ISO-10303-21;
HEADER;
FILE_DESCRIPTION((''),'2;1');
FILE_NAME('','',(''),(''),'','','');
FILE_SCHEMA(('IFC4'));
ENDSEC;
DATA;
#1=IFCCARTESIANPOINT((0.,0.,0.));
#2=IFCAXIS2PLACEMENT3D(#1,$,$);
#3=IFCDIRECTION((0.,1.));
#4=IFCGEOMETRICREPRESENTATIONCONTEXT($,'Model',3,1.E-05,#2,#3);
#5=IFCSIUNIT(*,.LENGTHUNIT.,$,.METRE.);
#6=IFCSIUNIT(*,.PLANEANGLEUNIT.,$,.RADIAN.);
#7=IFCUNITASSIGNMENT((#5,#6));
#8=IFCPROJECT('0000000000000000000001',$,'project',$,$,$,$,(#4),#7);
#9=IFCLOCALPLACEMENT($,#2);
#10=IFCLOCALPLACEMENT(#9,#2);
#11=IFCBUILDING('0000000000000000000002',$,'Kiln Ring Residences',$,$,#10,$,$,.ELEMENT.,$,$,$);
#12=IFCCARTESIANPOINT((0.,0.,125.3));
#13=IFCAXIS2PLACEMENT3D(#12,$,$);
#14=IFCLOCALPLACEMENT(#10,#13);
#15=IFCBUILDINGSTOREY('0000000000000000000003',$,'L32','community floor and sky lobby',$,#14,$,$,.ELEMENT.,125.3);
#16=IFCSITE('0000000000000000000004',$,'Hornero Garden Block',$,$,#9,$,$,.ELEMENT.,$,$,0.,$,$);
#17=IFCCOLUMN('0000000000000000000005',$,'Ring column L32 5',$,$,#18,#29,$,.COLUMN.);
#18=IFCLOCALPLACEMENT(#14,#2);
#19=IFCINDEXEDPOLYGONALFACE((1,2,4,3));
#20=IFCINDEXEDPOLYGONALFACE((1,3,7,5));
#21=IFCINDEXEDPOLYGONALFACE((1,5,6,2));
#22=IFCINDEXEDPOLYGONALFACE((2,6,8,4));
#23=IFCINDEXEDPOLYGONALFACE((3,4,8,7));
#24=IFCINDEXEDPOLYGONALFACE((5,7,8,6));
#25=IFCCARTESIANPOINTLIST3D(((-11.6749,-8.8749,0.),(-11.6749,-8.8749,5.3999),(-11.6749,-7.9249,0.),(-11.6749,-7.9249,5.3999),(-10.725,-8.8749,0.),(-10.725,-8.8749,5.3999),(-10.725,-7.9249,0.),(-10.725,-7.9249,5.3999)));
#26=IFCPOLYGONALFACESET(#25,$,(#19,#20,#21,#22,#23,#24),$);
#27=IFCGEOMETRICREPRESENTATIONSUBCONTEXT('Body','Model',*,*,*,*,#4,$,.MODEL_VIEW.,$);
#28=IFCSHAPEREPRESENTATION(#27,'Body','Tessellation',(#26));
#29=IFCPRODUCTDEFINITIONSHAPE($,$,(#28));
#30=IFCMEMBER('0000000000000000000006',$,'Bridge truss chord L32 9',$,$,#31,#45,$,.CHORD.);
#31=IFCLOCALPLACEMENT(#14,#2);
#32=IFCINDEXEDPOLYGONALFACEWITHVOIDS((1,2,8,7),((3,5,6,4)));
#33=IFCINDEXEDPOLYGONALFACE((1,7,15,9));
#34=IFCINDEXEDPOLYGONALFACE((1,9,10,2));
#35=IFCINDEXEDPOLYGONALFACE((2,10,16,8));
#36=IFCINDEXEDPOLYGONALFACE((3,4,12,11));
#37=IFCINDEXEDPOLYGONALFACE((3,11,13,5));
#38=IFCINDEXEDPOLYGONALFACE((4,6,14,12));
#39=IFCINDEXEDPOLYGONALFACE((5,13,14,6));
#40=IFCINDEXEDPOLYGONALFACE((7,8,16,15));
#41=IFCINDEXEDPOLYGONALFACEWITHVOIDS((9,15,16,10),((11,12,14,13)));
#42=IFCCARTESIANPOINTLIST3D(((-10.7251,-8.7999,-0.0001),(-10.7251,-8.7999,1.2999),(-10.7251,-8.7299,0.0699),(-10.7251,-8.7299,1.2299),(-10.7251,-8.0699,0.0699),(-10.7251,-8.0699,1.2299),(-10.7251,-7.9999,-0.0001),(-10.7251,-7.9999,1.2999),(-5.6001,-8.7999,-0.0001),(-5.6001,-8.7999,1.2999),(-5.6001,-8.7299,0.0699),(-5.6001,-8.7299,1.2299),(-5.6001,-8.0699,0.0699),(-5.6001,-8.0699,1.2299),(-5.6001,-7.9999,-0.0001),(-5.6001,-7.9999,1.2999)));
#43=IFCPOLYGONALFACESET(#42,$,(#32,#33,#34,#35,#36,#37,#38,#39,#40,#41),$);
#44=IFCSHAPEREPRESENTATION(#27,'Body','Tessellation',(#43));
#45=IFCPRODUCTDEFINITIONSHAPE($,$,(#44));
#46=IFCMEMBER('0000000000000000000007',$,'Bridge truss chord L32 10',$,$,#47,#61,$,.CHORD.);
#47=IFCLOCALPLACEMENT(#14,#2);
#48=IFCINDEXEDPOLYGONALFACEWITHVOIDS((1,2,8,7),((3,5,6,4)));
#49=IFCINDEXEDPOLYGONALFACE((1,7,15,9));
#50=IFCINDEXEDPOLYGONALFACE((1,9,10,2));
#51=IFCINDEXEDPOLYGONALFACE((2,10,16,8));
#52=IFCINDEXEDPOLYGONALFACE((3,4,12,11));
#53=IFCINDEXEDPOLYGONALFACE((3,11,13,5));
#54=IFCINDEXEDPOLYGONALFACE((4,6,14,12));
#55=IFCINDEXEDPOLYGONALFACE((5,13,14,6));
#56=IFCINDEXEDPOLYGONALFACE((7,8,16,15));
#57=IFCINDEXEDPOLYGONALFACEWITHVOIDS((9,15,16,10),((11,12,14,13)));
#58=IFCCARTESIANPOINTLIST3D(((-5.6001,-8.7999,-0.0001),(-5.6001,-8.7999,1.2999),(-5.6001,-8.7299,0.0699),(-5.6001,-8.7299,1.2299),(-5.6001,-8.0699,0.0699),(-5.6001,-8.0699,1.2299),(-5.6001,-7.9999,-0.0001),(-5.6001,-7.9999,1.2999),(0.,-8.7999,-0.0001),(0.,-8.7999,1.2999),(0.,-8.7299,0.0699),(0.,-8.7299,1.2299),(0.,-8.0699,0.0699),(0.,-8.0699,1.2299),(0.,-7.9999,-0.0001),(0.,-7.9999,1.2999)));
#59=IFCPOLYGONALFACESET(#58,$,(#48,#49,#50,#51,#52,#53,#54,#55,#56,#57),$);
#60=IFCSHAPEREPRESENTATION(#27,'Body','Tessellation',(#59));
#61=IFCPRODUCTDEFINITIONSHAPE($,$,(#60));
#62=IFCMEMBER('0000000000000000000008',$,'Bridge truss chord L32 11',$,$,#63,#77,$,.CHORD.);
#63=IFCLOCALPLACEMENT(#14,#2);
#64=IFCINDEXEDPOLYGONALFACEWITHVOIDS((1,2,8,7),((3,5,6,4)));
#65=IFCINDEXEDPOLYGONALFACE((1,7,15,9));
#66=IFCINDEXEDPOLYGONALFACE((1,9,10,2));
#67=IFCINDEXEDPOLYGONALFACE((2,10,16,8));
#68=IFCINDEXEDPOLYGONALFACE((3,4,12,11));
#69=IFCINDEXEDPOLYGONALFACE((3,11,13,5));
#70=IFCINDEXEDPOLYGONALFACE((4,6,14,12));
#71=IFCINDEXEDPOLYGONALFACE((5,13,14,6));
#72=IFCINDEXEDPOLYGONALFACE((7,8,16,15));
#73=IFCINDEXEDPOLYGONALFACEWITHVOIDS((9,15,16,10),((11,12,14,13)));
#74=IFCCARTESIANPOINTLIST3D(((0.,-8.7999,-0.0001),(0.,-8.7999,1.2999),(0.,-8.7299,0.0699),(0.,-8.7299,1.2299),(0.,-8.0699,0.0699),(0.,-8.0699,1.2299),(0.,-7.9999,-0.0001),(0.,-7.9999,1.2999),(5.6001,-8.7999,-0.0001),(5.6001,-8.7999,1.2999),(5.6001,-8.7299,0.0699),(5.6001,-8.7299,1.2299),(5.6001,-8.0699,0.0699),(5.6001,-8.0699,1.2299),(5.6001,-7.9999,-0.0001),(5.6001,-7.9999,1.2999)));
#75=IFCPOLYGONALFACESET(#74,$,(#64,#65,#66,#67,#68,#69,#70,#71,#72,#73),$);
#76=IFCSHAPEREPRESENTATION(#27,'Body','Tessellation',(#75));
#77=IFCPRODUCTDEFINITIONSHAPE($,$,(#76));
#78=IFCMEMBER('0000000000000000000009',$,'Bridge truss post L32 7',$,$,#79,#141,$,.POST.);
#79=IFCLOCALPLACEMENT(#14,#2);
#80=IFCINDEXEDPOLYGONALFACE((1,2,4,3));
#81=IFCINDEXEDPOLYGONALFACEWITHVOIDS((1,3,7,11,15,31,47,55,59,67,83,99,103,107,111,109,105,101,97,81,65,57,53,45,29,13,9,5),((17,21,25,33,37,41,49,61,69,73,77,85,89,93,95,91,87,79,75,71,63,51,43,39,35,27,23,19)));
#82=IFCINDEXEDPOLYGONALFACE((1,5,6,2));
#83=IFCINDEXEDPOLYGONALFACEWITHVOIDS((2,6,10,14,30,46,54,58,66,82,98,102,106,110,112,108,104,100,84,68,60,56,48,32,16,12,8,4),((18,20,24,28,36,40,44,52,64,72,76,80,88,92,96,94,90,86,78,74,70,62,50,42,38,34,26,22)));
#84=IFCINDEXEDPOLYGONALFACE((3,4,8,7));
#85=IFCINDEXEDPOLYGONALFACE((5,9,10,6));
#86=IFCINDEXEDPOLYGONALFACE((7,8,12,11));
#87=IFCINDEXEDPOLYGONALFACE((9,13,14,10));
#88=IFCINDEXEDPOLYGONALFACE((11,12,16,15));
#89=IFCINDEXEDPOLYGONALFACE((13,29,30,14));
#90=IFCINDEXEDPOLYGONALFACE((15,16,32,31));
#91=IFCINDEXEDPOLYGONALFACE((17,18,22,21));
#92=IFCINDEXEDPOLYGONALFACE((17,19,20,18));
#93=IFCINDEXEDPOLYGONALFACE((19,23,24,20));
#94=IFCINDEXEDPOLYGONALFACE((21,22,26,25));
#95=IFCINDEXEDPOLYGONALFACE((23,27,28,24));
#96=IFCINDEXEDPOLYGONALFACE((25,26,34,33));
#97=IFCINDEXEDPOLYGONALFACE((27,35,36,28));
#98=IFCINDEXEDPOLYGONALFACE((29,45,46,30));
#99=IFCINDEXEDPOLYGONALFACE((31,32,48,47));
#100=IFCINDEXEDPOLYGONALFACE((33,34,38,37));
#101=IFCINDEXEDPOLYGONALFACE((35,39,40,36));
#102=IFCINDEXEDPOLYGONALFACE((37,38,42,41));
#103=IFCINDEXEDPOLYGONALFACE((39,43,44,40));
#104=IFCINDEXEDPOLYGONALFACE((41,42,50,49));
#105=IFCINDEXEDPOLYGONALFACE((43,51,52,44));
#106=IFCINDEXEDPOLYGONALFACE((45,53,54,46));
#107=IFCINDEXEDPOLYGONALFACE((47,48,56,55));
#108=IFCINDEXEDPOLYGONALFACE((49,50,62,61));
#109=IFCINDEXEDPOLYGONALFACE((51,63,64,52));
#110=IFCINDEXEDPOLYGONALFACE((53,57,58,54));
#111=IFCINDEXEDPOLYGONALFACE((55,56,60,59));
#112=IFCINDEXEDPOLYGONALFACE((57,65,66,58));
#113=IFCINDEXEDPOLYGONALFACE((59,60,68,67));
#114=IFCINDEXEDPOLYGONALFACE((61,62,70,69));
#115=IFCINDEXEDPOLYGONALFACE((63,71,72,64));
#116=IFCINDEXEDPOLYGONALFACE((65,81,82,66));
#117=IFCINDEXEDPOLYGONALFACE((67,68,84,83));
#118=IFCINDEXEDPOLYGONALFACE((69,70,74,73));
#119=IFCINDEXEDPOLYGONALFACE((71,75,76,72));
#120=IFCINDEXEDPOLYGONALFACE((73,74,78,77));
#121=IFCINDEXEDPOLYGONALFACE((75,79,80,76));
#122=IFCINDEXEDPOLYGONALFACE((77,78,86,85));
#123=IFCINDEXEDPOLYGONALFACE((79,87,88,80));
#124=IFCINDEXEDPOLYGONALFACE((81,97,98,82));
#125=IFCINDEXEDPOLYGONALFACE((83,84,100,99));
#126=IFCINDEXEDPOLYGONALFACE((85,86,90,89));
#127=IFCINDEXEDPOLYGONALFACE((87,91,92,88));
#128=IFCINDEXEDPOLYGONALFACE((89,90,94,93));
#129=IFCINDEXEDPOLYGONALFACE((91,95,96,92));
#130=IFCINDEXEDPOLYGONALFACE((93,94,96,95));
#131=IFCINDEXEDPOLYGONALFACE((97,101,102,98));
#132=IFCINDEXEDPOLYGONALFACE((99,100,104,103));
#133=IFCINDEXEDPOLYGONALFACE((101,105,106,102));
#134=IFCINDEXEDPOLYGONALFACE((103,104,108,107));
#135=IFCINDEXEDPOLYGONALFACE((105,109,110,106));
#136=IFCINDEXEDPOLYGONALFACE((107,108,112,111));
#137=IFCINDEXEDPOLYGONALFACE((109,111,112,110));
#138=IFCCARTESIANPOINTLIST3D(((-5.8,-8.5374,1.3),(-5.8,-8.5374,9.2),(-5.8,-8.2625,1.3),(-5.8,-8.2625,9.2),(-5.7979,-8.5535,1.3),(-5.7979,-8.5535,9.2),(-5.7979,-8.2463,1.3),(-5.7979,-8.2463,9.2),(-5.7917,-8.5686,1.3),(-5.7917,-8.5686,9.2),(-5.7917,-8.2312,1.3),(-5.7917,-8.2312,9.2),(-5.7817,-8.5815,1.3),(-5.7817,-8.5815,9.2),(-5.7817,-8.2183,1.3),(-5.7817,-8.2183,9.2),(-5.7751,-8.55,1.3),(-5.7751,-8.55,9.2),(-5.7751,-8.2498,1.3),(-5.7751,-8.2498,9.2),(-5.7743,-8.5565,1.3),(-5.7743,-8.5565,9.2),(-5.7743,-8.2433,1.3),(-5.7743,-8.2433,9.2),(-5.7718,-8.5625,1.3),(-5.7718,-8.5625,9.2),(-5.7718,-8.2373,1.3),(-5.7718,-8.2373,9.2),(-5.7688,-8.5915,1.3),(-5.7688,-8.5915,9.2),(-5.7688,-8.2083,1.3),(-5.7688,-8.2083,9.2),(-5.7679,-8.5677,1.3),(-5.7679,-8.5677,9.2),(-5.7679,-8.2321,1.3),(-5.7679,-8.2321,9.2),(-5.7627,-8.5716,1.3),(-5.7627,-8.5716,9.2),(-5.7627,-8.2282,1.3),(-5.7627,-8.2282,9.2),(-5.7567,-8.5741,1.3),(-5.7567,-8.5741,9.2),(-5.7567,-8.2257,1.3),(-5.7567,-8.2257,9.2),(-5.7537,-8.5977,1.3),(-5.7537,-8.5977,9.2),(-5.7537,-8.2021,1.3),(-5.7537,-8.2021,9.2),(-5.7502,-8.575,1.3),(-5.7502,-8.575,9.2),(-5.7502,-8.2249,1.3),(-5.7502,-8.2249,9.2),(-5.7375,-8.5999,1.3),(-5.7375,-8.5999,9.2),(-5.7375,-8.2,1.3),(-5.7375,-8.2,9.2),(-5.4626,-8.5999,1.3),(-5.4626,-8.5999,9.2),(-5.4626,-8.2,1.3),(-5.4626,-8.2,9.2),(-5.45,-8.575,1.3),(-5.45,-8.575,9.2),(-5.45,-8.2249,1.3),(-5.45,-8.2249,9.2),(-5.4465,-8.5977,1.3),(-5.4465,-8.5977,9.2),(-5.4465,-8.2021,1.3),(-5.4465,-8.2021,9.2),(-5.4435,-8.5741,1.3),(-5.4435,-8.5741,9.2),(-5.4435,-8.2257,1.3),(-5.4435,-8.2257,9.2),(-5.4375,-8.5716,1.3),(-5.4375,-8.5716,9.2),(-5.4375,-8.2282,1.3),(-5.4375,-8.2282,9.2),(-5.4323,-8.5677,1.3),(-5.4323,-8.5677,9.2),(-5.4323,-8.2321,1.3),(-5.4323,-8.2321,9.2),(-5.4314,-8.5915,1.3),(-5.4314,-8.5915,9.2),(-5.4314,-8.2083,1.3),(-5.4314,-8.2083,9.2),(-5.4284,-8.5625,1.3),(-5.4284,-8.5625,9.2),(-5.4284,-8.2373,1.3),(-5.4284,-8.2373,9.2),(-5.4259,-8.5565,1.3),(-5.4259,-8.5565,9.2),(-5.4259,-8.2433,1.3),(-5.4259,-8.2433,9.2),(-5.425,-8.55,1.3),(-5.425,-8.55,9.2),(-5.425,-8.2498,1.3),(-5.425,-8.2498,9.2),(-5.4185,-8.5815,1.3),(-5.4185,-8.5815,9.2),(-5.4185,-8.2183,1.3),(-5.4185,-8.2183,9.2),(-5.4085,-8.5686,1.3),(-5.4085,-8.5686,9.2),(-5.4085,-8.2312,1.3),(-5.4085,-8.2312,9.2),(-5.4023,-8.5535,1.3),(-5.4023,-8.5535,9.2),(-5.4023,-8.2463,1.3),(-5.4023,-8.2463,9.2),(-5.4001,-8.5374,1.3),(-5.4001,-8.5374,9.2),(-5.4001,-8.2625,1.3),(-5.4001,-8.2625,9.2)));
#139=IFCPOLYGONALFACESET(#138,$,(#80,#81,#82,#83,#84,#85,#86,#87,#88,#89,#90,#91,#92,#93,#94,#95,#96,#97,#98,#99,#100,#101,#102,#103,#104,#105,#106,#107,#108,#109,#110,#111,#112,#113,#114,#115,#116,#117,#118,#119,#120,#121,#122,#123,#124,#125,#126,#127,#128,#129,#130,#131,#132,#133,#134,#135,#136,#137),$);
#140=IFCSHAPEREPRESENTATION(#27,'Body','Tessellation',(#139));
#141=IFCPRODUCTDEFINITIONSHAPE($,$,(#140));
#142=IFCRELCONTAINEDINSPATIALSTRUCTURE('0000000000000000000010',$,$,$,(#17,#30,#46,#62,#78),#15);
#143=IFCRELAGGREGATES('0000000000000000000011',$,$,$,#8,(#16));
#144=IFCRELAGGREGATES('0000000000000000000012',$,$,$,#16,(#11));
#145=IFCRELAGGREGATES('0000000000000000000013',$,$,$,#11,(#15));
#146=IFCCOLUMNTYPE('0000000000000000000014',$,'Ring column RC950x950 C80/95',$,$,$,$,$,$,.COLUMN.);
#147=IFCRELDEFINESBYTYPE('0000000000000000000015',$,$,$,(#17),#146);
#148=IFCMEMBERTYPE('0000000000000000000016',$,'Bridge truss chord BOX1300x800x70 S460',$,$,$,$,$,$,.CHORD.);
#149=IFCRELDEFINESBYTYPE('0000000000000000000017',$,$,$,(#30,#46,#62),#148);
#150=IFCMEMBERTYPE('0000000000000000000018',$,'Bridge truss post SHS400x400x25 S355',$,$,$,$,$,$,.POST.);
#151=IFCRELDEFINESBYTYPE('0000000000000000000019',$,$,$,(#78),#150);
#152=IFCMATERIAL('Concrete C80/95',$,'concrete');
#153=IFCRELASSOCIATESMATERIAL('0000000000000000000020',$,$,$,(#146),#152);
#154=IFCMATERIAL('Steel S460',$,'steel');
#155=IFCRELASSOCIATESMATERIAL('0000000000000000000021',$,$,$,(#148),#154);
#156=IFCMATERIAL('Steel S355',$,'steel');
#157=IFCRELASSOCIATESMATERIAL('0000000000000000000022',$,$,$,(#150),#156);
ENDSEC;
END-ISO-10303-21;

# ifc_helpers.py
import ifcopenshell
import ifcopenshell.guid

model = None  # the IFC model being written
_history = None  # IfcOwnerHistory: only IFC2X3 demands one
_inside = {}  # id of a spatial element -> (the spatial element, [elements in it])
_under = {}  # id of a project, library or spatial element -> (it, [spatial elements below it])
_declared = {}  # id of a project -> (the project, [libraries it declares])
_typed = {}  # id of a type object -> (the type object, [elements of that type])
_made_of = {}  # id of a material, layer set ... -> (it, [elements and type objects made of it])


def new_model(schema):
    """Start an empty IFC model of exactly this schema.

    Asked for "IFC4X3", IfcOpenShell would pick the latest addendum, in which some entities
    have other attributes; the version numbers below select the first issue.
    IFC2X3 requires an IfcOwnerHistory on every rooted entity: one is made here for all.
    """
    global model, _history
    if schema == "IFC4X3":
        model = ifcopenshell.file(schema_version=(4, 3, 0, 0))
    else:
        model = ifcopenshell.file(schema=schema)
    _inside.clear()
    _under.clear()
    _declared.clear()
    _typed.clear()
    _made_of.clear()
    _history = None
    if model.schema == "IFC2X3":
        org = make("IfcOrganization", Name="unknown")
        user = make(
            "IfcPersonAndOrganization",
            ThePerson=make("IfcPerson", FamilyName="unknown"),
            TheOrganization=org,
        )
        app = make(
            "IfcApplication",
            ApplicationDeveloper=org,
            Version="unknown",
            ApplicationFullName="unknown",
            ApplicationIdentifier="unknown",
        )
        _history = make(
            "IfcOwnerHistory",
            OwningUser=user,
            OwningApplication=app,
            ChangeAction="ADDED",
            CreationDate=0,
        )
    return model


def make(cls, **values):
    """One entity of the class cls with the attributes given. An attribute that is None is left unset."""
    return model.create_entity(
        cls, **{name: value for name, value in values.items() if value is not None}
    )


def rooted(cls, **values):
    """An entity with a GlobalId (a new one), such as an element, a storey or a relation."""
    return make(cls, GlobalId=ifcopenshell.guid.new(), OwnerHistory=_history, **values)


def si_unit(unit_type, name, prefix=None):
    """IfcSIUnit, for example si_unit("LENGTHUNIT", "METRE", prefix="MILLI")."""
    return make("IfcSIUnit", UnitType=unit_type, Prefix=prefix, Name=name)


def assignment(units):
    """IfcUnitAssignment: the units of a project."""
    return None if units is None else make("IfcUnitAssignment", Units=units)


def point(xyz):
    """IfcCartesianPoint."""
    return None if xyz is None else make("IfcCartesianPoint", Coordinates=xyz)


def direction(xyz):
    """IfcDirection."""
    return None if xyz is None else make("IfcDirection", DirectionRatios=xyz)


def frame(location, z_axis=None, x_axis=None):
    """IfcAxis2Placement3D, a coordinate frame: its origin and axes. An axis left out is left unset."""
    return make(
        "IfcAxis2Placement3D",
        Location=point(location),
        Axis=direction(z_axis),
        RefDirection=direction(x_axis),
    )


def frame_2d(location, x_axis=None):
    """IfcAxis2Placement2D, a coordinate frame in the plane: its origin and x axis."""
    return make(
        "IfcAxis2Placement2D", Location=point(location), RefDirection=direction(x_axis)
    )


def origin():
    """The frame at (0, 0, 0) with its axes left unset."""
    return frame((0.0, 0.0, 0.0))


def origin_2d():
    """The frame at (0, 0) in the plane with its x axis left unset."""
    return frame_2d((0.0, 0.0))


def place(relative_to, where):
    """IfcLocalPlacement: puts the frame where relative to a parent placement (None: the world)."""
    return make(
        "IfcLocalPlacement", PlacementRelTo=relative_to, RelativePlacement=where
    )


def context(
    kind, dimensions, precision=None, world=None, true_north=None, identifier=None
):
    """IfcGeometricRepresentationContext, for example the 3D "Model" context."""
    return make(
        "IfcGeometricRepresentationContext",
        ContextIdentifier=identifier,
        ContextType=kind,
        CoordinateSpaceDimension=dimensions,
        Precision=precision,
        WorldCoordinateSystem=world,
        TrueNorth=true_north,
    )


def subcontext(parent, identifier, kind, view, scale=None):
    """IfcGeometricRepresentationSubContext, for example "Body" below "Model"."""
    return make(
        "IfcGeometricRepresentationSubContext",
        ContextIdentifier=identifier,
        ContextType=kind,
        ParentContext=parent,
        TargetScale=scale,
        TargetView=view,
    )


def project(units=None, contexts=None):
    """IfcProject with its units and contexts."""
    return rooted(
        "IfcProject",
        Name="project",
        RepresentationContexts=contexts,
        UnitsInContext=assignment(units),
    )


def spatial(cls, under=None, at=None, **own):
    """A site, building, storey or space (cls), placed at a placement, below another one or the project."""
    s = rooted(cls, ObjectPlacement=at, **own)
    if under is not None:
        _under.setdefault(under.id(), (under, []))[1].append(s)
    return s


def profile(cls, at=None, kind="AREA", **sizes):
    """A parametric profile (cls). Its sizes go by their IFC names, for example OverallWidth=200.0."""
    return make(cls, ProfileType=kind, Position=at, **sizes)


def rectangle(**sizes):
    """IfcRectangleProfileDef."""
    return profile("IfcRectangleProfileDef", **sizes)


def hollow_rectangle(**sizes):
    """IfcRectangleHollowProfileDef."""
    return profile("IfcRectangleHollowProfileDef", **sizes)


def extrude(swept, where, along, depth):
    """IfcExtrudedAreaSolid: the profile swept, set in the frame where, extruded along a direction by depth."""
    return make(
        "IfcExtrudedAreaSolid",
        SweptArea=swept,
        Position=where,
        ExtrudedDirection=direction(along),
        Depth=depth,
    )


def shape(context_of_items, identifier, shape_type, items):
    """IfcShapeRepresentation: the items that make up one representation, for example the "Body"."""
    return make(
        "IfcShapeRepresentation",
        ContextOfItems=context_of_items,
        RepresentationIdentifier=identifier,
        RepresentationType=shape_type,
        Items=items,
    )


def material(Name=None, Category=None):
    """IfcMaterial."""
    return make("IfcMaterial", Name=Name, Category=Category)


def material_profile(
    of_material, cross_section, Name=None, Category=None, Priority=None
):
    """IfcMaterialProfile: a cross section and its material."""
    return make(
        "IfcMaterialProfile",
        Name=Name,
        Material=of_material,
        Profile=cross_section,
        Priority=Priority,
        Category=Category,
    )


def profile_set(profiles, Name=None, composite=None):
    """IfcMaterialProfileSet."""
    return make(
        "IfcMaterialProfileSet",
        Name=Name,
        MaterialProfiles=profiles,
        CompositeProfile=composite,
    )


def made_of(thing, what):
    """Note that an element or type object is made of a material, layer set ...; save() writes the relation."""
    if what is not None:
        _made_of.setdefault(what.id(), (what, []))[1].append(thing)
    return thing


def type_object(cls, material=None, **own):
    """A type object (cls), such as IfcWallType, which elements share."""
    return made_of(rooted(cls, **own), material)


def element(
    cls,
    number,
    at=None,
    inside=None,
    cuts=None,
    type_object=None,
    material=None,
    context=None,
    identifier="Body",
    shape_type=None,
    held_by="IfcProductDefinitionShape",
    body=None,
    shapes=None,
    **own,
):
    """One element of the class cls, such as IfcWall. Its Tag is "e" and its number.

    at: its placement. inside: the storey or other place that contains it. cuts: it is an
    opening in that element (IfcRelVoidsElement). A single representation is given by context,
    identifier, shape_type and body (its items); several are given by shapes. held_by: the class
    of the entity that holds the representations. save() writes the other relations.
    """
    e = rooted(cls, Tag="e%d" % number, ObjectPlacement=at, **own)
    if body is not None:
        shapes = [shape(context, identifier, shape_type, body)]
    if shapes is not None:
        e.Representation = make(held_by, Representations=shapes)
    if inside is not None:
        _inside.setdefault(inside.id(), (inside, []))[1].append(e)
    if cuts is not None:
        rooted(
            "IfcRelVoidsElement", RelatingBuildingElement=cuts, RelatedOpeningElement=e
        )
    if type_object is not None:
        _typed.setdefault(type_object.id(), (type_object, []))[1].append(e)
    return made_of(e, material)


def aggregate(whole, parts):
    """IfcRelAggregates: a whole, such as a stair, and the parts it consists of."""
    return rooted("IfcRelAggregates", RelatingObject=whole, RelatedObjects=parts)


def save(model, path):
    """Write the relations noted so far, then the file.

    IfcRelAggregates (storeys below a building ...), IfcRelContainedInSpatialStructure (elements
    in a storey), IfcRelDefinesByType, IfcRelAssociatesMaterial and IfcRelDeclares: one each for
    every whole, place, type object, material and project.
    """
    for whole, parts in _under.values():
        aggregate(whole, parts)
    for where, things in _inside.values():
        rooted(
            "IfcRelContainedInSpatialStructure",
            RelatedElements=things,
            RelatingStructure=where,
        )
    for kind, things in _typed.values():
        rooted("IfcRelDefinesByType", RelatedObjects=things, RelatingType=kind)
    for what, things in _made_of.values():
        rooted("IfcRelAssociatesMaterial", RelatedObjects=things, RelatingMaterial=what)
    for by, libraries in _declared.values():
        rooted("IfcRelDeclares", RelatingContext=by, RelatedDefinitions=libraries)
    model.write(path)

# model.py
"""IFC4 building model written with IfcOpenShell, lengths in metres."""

from ifc_helpers import new_model, si_unit, direction, frame, origin, origin_2d, place, context, subcontext, project, spatial, rectangle, hollow_rectangle, extrude, material, material_profile, profile_set, type_object, element, save


model = new_model("IFC4")

# Units and contexts
model_context = context("Model", 3, precision=1e-05, world=origin(), true_north=direction((0.0, 1.0)))
body_context = subcontext(model_context, "Body", "Model", "MODEL_VIEW")
ifc_project = project(units=[si_unit("LENGTHUNIT", "METRE"), si_unit("PLANEANGLEUNIT", "RADIAN")], contexts=[model_context])

# Site, building, storey
site_placement = place(None, origin())
site = spatial("IfcSite", under=ifc_project, at=site_placement, Name="Hornero Garden Block", CompositionType="ELEMENT", RefElevation=0.0)
building_placement = place(site_placement, origin())
building = spatial("IfcBuilding", under=site, at=building_placement, Name="Kiln Ring Residences", CompositionType="ELEMENT")
storey_placement = place(building_placement, frame((0.0, 0.0, 125.3)))
storey = spatial("IfcBuildingStorey", under=building, at=storey_placement, Name="L32", Description="community floor and sky lobby", CompositionType="ELEMENT", Elevation=125.3)

# Column
ifc_material_1 = material(Name="Concrete C80/95", Category="concrete")
ifc_material_profile_1 = material_profile(ifc_material_1, rectangle(XDim=0.95, YDim=0.95, at=origin_2d()), Name="RC950x950")
ifc_profile_set_1 = profile_set([ifc_material_profile_1], Name="Concrete C80/95")
column_type = type_object("IfcColumnType", Name="Ring column RC950x950 C80/95", PredefinedType="COLUMN", material=ifc_profile_set_1)
column_placement = place(storey_placement, frame((-11.2, -8.3999, 0.0), z_axis=(0.0, 0.0, 1.0), x_axis=(1.0, 0.0, 0.0)))
element("IfcColumn", 1, at=column_placement, inside=storey, type_object=column_type, Name="Ring column L32 5", PredefinedType="COLUMN", context=body_context, shape_type="SweptSolid", body=[
    extrude(rectangle(XDim=0.95, YDim=0.95, at=origin_2d()), origin(), (0.0, 0.0, 1.0), 5.3999),
])

# Members
ifc_material_2 = material(Name="Steel S460", Category="steel")
ifc_material_profile_2 = material_profile(ifc_material_2, hollow_rectangle(XDim=0.8, YDim=1.3, WallThickness=0.0701, at=origin_2d()), Name="BOX1300x800x70")
ifc_profile_set_2 = profile_set([ifc_material_profile_2], Name="Steel S460")
member_type_1 = type_object("IfcMemberType", Name="Bridge truss chord BOX1300x800x70 S460", PredefinedType="CHORD", material=ifc_profile_set_2)
member_1_placement = place(storey_placement, frame((-10.7251, -8.3999, 0.6499), z_axis=(1.0, 0.0, 0.0), x_axis=(0.0, 1.0, 0.0)))
element("IfcMember", 2, at=member_1_placement, inside=storey, type_object=member_type_1, Name="Bridge truss chord L32 9", PredefinedType="CHORD", context=body_context, shape_type="SweptSolid", body=[
    extrude(hollow_rectangle(XDim=0.8, YDim=1.3, WallThickness=0.0701, at=origin_2d()), origin(), (0.0, 0.0, 1.0), 5.125),
])
for number, where, z_axis, x_axis, name in (
    (3, (-5.6001, -8.3999, 0.6499), (1.0, 0.0, 0.0), (0.0, 1.0, 0.0), "Bridge truss chord L32 10"),
    (4, (0.0, -8.3999, 0.6499), (1.0, 0.0, 0.0), (0.0, 1.0, 0.0), "Bridge truss chord L32 11"),
):
    element("IfcMember", number, at=place(storey_placement, frame(where, z_axis=z_axis, x_axis=x_axis)), inside=storey, type_object=member_type_1, Name=name, PredefinedType="CHORD", context=body_context, shape_type="SweptSolid", body=[
        extrude(hollow_rectangle(XDim=0.8, YDim=1.3, WallThickness=0.0701, at=origin_2d()), origin(), (0.0, 0.0, 1.0), 5.6001),
    ])
ifc_material_3 = material(Name="Steel S355", Category="steel")
ifc_material_profile_3 = material_profile(ifc_material_3, hollow_rectangle(XDim=0.3999, YDim=0.3999, WallThickness=0.0249, InnerFilletRadius=0.0249, OuterFilletRadius=0.0625, at=origin_2d()), Name="SHS400x400x25")
ifc_profile_set_3 = profile_set([ifc_material_profile_3], Name="Steel S355")
member_type_2 = type_object("IfcMemberType", Name="Bridge truss post SHS400x400x25 S355", PredefinedType="POST", material=ifc_profile_set_3)
for number, where, z_axis, x_axis, name in (
    (5, (-5.6001, -8.3999, 1.3), (0.0, 0.0, 1.0), (1.0, 0.0, 0.0), "Bridge truss post L32 7"),
):
    element("IfcMember", number, at=place(storey_placement, frame(where, z_axis=z_axis, x_axis=x_axis)), inside=storey, type_object=member_type_2, Name=name, PredefinedType="POST", context=body_context, shape_type="SweptSolid", body=[
        extrude(hollow_rectangle(XDim=0.3999, YDim=0.3999, WallThickness=0.0249, InnerFilletRadius=0.0249, OuterFilletRadius=0.0625, at=origin_2d()), origin(), (0.0, 0.0, 1.0), 7.8999),
    ])

save(model, "model.ifc")
